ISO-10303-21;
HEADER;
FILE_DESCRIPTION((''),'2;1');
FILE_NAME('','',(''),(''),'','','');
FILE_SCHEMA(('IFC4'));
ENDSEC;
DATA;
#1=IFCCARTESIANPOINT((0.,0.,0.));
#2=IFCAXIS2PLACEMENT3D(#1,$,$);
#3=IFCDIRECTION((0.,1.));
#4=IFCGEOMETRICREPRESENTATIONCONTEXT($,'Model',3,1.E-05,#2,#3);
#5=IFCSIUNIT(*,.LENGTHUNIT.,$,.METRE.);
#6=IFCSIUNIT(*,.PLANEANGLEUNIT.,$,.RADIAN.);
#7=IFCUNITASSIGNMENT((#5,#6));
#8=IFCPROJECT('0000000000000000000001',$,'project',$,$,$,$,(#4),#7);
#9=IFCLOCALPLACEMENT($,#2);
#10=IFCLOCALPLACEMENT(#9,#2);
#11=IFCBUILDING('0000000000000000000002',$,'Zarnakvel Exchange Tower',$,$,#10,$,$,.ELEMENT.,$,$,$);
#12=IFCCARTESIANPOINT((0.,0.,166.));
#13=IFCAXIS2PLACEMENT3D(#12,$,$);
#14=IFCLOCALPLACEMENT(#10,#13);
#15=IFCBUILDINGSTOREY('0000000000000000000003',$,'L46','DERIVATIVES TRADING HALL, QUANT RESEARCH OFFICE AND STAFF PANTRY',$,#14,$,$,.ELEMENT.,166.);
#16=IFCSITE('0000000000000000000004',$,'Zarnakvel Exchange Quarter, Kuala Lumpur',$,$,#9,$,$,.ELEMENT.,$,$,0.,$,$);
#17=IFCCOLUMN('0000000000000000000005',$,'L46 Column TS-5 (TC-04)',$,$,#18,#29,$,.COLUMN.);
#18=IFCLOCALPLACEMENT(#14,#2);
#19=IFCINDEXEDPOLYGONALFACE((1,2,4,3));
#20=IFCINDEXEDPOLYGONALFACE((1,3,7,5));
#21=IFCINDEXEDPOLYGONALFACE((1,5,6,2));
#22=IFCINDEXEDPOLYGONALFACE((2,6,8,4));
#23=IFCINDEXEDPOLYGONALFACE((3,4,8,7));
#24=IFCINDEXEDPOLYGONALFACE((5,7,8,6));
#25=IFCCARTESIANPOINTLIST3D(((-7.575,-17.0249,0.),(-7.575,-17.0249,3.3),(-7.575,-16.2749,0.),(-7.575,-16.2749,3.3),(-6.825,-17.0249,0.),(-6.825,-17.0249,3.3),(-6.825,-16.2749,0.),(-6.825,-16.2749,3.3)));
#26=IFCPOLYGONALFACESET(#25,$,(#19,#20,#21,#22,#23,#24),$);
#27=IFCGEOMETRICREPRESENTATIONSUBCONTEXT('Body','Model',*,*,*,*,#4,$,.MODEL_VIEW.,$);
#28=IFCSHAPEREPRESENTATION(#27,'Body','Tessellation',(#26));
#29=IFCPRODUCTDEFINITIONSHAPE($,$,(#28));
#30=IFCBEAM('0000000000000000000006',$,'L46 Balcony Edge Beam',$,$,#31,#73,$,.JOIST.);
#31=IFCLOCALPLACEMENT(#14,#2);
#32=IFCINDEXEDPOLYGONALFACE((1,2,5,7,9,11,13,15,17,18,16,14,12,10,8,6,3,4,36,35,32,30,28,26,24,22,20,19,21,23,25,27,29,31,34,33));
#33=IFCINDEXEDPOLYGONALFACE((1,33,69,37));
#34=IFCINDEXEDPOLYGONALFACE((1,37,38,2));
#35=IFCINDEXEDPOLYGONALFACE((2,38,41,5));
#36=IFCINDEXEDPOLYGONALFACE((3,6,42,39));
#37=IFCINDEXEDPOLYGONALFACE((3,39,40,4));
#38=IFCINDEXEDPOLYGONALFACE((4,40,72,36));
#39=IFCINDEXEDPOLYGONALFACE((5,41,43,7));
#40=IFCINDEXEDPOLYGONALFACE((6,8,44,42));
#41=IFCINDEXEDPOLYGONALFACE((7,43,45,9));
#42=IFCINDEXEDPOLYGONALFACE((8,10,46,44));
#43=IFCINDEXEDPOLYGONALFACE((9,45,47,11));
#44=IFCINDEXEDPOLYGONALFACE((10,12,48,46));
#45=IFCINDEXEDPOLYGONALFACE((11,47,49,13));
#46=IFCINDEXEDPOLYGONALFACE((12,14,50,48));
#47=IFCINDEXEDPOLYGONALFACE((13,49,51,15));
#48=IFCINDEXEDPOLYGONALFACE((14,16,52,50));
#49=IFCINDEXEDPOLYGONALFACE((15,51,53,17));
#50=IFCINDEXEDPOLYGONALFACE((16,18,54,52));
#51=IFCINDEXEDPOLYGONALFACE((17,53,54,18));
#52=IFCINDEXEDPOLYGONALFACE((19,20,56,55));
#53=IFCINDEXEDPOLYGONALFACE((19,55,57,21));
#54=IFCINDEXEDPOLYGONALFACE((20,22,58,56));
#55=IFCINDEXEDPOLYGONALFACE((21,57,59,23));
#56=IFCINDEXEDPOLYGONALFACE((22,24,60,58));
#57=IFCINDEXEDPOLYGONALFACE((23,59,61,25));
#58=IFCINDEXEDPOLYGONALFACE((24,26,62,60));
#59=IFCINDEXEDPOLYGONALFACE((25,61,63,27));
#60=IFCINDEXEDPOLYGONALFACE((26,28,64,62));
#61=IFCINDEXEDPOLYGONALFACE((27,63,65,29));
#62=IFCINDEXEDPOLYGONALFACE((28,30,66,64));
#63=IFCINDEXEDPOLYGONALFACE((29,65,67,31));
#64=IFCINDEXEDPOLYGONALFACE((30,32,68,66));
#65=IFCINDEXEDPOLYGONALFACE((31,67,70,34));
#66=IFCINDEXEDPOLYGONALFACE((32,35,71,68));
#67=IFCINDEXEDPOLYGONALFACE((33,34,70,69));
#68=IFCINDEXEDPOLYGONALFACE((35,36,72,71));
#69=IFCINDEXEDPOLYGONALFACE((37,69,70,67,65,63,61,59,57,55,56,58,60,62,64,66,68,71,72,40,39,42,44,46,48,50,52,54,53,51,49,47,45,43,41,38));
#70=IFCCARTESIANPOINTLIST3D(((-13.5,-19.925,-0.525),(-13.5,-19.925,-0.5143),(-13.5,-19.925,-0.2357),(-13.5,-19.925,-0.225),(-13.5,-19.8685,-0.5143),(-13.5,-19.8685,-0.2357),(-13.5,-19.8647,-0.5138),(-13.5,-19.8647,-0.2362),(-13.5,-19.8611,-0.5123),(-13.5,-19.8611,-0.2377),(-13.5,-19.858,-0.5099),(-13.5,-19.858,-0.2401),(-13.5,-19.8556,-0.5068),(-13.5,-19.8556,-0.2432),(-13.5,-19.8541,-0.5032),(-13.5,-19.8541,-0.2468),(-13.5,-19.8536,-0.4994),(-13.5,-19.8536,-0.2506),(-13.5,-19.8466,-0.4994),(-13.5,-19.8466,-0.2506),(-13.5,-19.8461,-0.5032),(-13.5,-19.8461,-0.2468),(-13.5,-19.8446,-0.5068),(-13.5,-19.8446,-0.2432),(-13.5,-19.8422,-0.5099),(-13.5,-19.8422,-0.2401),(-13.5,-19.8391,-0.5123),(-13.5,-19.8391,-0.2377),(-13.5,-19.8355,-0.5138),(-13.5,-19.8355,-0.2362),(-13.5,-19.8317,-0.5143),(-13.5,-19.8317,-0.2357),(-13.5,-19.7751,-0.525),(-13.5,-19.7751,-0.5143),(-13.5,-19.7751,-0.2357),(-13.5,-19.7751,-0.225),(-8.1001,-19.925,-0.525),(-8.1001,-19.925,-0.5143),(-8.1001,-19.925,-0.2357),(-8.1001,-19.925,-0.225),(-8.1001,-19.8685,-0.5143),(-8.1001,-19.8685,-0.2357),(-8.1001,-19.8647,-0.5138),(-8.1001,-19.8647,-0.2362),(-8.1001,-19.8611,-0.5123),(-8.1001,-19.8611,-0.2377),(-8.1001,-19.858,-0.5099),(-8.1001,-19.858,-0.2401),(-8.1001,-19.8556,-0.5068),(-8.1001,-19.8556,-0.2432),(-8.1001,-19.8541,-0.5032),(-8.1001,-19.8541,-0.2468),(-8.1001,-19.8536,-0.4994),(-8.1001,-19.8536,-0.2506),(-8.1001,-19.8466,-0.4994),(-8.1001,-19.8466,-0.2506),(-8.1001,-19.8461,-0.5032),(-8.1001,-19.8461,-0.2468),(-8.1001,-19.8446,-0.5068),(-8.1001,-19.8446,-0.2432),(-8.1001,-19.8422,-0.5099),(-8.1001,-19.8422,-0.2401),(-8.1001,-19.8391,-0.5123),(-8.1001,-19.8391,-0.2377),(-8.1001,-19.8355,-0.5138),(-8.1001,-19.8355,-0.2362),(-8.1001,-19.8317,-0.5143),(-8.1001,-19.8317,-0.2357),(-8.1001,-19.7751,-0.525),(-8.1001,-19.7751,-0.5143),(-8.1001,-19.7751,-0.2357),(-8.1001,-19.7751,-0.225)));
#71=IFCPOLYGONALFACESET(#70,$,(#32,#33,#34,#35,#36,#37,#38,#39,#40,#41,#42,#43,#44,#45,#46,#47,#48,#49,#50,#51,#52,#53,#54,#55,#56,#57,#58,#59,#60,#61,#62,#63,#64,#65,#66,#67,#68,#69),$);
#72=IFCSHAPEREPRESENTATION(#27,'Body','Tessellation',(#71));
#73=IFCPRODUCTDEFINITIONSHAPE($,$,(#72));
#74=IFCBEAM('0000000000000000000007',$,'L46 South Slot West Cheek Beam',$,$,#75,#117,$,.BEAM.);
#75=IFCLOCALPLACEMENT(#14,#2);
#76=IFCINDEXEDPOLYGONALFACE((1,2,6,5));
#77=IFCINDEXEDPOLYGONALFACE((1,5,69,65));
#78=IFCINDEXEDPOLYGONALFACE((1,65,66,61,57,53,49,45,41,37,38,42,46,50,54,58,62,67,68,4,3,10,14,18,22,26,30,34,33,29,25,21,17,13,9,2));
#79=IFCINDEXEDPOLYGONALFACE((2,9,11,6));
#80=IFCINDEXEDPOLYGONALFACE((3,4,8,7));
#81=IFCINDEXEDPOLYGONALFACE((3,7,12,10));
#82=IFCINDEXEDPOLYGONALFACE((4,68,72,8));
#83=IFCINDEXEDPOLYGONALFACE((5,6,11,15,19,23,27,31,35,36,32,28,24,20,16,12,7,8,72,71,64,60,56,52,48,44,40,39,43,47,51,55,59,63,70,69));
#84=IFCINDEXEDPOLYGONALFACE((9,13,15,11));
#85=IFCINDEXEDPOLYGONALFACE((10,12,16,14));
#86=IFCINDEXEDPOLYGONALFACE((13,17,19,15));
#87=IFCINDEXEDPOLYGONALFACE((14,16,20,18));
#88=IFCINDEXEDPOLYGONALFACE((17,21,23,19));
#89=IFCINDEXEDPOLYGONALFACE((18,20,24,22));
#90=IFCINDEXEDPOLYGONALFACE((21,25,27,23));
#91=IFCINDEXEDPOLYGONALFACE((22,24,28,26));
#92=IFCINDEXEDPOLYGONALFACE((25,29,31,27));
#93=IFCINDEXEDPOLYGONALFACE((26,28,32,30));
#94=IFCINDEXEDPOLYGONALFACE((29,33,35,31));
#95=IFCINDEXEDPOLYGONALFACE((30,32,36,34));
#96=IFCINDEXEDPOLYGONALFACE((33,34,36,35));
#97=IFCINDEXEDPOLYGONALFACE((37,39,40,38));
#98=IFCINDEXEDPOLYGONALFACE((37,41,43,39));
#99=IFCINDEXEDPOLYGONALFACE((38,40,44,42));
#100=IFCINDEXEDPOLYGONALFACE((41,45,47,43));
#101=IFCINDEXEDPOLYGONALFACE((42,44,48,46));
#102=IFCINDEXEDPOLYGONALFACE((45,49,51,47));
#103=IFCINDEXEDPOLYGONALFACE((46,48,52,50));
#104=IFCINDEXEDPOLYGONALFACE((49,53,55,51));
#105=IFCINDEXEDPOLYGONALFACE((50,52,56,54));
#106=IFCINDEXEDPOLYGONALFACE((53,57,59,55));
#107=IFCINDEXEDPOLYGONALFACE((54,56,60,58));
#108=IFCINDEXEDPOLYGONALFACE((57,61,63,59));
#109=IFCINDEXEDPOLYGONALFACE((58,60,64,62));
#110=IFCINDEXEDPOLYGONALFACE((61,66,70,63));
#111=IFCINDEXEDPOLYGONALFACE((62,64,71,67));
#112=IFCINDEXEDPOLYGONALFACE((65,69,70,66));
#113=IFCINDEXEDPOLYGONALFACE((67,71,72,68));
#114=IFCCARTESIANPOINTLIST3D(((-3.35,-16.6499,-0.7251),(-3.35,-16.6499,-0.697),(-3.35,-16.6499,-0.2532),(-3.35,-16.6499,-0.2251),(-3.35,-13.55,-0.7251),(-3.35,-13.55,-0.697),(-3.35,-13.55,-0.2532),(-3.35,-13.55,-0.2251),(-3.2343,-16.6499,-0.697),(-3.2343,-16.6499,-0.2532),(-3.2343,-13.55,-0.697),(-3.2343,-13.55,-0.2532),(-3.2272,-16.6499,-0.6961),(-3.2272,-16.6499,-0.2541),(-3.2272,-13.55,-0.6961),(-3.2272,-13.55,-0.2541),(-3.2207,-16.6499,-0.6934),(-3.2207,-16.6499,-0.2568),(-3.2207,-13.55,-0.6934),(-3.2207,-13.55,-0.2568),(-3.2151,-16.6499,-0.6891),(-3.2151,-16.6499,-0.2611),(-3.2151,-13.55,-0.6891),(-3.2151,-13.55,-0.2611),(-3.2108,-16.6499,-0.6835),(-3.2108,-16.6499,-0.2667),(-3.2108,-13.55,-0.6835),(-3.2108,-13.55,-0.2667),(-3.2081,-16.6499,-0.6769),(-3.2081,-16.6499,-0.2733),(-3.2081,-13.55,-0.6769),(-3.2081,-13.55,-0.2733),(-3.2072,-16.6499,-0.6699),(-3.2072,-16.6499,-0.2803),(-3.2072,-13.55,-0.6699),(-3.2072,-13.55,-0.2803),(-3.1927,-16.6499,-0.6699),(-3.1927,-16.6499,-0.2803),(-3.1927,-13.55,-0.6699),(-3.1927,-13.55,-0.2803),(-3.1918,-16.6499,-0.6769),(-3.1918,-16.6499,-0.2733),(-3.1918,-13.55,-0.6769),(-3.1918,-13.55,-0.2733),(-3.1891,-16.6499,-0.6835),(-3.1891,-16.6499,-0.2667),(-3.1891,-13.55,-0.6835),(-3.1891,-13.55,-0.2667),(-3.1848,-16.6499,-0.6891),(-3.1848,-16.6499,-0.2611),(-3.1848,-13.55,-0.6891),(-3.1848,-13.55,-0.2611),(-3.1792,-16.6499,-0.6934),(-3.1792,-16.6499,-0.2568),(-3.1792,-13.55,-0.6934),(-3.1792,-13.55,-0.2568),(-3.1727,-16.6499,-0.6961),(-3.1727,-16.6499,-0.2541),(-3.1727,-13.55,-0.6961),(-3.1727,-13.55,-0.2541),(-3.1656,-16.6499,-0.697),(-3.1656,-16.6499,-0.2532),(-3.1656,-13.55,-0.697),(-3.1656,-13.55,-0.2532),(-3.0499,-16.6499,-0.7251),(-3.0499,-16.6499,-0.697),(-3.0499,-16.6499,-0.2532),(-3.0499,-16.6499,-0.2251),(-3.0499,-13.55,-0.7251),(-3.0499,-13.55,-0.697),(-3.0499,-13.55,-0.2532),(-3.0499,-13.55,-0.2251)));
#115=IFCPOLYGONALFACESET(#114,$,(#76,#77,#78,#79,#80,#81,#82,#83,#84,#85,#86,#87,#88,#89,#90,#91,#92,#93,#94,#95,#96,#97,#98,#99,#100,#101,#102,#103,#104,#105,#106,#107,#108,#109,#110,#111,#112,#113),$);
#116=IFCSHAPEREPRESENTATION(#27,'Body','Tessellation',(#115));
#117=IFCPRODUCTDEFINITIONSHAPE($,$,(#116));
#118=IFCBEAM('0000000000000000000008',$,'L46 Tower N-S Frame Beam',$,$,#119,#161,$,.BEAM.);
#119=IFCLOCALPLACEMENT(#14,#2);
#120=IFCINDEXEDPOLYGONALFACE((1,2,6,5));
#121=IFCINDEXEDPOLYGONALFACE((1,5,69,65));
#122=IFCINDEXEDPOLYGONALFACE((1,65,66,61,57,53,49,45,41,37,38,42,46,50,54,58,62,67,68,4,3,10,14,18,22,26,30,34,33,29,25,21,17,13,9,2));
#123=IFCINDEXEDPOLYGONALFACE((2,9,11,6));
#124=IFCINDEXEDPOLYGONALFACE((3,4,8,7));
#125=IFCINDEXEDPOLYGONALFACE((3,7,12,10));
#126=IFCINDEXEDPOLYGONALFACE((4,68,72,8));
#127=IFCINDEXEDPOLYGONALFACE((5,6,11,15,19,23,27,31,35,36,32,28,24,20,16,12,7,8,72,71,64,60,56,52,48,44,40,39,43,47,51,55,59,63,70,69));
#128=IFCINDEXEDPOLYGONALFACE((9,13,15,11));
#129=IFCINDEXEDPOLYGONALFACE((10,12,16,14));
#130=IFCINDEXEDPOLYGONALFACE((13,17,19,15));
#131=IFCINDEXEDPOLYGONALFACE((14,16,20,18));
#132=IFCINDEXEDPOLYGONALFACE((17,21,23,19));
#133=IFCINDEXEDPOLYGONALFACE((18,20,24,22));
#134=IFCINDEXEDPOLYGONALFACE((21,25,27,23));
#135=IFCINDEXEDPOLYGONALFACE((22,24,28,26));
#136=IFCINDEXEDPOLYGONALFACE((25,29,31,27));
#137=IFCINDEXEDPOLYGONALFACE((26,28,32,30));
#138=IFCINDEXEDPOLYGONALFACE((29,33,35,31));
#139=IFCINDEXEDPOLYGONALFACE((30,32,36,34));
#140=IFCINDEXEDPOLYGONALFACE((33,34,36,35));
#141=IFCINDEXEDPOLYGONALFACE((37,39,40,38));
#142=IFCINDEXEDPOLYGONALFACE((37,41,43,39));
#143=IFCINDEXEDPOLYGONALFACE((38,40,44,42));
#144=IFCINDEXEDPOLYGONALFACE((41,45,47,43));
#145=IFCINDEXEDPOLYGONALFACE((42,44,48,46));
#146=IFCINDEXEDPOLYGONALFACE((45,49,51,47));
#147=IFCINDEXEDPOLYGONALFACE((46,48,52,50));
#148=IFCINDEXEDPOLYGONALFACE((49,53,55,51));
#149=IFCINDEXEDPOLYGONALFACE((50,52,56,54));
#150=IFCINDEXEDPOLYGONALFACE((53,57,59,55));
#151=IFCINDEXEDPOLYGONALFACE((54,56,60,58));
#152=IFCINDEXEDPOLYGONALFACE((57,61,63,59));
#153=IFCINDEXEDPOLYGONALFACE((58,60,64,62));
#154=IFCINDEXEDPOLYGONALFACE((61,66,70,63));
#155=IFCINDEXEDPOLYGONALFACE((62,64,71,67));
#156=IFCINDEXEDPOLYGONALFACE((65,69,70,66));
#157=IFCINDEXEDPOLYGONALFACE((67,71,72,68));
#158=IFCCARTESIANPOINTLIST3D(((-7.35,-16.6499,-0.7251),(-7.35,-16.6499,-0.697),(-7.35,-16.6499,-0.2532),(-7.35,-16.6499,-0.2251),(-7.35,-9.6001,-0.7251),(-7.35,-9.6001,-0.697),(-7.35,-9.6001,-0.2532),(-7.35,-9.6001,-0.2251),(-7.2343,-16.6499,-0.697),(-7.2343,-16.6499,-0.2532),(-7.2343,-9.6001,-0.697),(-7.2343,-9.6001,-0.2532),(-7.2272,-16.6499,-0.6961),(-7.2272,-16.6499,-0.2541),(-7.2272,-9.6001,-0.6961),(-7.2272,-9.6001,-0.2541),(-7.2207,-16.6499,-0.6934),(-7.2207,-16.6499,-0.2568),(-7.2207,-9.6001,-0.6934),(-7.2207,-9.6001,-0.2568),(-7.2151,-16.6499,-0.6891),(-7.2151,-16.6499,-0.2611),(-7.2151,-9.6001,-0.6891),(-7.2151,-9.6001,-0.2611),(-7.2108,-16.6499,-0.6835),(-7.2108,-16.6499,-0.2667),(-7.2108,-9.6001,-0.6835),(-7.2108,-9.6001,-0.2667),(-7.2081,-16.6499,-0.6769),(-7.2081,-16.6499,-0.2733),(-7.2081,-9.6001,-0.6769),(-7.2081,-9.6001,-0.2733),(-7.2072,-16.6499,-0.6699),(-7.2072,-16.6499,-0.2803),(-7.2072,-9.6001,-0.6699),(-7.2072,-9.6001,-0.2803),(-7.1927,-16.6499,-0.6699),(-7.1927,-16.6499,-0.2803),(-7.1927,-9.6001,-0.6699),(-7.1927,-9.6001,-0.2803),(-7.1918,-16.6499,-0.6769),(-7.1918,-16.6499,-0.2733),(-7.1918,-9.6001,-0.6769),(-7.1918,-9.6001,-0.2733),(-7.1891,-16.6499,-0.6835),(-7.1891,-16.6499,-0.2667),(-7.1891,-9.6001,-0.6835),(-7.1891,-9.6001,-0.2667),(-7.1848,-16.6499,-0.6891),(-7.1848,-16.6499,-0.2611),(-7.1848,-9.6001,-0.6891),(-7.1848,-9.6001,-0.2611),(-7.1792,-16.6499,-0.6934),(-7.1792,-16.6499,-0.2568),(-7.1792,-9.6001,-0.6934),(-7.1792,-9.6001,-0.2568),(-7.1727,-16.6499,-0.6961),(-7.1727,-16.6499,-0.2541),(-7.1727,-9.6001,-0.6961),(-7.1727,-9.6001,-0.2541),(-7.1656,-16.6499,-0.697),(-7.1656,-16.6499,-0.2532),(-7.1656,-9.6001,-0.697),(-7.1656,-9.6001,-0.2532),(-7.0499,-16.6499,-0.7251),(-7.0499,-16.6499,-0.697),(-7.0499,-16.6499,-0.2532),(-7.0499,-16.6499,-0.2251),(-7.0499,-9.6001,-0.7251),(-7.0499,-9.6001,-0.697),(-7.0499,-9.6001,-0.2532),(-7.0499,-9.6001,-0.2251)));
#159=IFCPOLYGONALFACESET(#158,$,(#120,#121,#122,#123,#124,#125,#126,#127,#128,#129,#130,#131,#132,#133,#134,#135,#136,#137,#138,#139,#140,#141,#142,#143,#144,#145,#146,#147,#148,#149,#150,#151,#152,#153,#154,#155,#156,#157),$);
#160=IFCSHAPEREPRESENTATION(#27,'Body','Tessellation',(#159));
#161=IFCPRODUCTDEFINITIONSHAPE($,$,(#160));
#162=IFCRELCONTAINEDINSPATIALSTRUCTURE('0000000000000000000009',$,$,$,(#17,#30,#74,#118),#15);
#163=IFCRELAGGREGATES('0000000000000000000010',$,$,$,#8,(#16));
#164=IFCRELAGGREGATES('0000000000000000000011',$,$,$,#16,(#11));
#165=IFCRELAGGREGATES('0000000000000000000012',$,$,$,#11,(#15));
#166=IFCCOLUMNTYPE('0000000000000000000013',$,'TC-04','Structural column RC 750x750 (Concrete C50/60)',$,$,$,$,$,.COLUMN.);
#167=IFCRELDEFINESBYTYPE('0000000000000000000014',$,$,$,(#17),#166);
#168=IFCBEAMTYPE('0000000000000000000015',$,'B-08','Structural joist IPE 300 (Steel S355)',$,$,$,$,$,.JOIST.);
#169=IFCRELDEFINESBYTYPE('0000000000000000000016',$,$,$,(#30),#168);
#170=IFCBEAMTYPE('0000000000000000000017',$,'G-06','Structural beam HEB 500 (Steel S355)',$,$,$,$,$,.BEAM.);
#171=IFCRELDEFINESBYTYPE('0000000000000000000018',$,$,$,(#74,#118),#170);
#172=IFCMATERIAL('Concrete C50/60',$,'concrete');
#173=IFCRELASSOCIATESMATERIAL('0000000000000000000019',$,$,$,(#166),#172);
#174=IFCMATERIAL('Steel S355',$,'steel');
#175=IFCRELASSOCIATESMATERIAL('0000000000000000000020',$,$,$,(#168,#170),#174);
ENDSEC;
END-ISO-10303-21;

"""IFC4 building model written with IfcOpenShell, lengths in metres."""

from ifc_helpers import new_model, si_unit, direction, frame, origin, origin_2d, place, context, subcontext, project, spatial, rectangle, i_section, extrude, material, material_profile, profile_set, type_object, element, save


model = new_model("IFC4")

# Units and contexts
model_context = context("Model", 3, precision=1e-05, world=origin(), true_north=direction((0.0, 1.0)))
body_context = subcontext(model_context, "Body", "Model", "MODEL_VIEW")
ifc_project = project(units=[si_unit("LENGTHUNIT", "METRE"), si_unit("PLANEANGLEUNIT", "RADIAN")], contexts=[model_context])

# Site, building, storey
site_placement = place(None, origin())
site = spatial("IfcSite", under=ifc_project, at=site_placement, Name="Zarnakvel Exchange Quarter, Kuala Lumpur", CompositionType="ELEMENT", RefElevation=0.0)
building_placement = place(site_placement, origin())
building = spatial("IfcBuilding", under=site, at=building_placement, Name="Zarnakvel Exchange Tower", CompositionType="ELEMENT")
storey_placement = place(building_placement, frame((0.0, 0.0, 166.0)))
storey = spatial("IfcBuildingStorey", under=building, at=storey_placement, Name="L46", Description="DERIVATIVES TRADING HALL, QUANT RESEARCH OFFICE AND STAFF PANTRY", CompositionType="ELEMENT", Elevation=166.0)

# Column
ifc_material_1 = material(Name="Concrete C50/60", Category="concrete")
ifc_material_profile_1 = material_profile(ifc_material_1, rectangle(XDim=0.75, YDim=0.75, at=origin_2d()))
ifc_profile_set_1 = profile_set([ifc_material_profile_1], Name="Concrete C50/60")
column_type = type_object("IfcColumnType", Name="TC-04", Description="Structural column RC 750x750 (Concrete C50/60)", PredefinedType="COLUMN", material=ifc_profile_set_1)
column_placement = place(storey_placement, frame((-7.2, -16.6499, 0.0), z_axis=(0.0, 0.0, 1.0), x_axis=(1.0, 0.0, 0.0)))
element("IfcColumn", 1, at=column_placement, inside=storey, type_object=column_type, Name="L46 Column TS-5 (TC-04)", PredefinedType="COLUMN", context=body_context, shape_type="SweptSolid", body=[
    extrude(rectangle(XDim=0.75, YDim=0.75, at=origin_2d()), origin(), (0.0, 0.0, 1.0), 3.3),
])

# Beams
ifc_material_2 = material(Name="Steel S355", Category="steel")
ifc_material_profile_2 = material_profile(ifc_material_2, i_section(OverallWidth=0.1499, OverallDepth=0.3, WebThickness=0.0071, FlangeThickness=0.0107, FilletRadius=0.0149, at=origin_2d()))
ifc_profile_set_2 = profile_set([ifc_material_profile_2], Name="Steel S355")
beam_type_1 = type_object("IfcBeamType", Name="B-08", Description="Structural joist IPE 300 (Steel S355)", PredefinedType="JOIST", material=ifc_profile_set_2)
beam_1_placement = place(storey_placement, frame((-13.5, -19.8501, -0.375), z_axis=(1.0, 0.0, 0.0), x_axis=(0.0, 1.0, 0.0)))
element("IfcBeam", 2, at=beam_1_placement, inside=storey, type_object=beam_type_1, Name="L46 Balcony Edge Beam", PredefinedType="JOIST", context=body_context, shape_type="SweptSolid", body=[
    extrude(i_section(OverallWidth=0.1499, OverallDepth=0.3, WebThickness=0.0071, FlangeThickness=0.0107, FilletRadius=0.0149, at=origin_2d()), origin(), (0.0, 0.0, 1.0), 5.3999),
])
ifc_material_profile_3 = material_profile(ifc_material_2, i_section(OverallWidth=0.3, OverallDepth=0.5, WebThickness=0.0144, FlangeThickness=0.0281, FilletRadius=0.0271, at=origin_2d()))
ifc_profile_set_3 = profile_set([ifc_material_profile_3], Name="Steel S355")
beam_type_2 = type_object("IfcBeamType", Name="G-06", Description="Structural beam HEB 500 (Steel S355)", PredefinedType="BEAM", material=ifc_profile_set_3)
beam_2_placement = place(storey_placement, frame((-3.2, -16.6499, -0.4751), z_axis=(0.0, 1.0, 0.0), x_axis=(-1.0, 0.0, 0.0)))
element("IfcBeam", 3, at=beam_2_placement, inside=storey, type_object=beam_type_2, Name="L46 South Slot West Cheek Beam", PredefinedType="BEAM", context=body_context, shape_type="SweptSolid", body=[
    extrude(i_section(OverallWidth=0.3, OverallDepth=0.5, WebThickness=0.0144, FlangeThickness=0.0281, FilletRadius=0.0271, at=origin_2d()), origin(), (0.0, 0.0, 1.0), 3.0999),
])
beam_3_placement = place(storey_placement, frame((-7.2, -16.6499, -0.4751), z_axis=(0.0, 1.0, 0.0), x_axis=(-1.0, 0.0, 0.0)))
element("IfcBeam", 4, at=beam_3_placement, inside=storey, type_object=beam_type_2, Name="L46 Tower N-S Frame Beam", PredefinedType="BEAM", context=body_context, shape_type="SweptSolid", body=[
    extrude(i_section(OverallWidth=0.3, OverallDepth=0.5, WebThickness=0.0144, FlangeThickness=0.0281, FilletRadius=0.0271, at=origin_2d()), origin(), (0.0, 0.0, 1.0), 7.0498),
])

save(model, "model.ifc")
